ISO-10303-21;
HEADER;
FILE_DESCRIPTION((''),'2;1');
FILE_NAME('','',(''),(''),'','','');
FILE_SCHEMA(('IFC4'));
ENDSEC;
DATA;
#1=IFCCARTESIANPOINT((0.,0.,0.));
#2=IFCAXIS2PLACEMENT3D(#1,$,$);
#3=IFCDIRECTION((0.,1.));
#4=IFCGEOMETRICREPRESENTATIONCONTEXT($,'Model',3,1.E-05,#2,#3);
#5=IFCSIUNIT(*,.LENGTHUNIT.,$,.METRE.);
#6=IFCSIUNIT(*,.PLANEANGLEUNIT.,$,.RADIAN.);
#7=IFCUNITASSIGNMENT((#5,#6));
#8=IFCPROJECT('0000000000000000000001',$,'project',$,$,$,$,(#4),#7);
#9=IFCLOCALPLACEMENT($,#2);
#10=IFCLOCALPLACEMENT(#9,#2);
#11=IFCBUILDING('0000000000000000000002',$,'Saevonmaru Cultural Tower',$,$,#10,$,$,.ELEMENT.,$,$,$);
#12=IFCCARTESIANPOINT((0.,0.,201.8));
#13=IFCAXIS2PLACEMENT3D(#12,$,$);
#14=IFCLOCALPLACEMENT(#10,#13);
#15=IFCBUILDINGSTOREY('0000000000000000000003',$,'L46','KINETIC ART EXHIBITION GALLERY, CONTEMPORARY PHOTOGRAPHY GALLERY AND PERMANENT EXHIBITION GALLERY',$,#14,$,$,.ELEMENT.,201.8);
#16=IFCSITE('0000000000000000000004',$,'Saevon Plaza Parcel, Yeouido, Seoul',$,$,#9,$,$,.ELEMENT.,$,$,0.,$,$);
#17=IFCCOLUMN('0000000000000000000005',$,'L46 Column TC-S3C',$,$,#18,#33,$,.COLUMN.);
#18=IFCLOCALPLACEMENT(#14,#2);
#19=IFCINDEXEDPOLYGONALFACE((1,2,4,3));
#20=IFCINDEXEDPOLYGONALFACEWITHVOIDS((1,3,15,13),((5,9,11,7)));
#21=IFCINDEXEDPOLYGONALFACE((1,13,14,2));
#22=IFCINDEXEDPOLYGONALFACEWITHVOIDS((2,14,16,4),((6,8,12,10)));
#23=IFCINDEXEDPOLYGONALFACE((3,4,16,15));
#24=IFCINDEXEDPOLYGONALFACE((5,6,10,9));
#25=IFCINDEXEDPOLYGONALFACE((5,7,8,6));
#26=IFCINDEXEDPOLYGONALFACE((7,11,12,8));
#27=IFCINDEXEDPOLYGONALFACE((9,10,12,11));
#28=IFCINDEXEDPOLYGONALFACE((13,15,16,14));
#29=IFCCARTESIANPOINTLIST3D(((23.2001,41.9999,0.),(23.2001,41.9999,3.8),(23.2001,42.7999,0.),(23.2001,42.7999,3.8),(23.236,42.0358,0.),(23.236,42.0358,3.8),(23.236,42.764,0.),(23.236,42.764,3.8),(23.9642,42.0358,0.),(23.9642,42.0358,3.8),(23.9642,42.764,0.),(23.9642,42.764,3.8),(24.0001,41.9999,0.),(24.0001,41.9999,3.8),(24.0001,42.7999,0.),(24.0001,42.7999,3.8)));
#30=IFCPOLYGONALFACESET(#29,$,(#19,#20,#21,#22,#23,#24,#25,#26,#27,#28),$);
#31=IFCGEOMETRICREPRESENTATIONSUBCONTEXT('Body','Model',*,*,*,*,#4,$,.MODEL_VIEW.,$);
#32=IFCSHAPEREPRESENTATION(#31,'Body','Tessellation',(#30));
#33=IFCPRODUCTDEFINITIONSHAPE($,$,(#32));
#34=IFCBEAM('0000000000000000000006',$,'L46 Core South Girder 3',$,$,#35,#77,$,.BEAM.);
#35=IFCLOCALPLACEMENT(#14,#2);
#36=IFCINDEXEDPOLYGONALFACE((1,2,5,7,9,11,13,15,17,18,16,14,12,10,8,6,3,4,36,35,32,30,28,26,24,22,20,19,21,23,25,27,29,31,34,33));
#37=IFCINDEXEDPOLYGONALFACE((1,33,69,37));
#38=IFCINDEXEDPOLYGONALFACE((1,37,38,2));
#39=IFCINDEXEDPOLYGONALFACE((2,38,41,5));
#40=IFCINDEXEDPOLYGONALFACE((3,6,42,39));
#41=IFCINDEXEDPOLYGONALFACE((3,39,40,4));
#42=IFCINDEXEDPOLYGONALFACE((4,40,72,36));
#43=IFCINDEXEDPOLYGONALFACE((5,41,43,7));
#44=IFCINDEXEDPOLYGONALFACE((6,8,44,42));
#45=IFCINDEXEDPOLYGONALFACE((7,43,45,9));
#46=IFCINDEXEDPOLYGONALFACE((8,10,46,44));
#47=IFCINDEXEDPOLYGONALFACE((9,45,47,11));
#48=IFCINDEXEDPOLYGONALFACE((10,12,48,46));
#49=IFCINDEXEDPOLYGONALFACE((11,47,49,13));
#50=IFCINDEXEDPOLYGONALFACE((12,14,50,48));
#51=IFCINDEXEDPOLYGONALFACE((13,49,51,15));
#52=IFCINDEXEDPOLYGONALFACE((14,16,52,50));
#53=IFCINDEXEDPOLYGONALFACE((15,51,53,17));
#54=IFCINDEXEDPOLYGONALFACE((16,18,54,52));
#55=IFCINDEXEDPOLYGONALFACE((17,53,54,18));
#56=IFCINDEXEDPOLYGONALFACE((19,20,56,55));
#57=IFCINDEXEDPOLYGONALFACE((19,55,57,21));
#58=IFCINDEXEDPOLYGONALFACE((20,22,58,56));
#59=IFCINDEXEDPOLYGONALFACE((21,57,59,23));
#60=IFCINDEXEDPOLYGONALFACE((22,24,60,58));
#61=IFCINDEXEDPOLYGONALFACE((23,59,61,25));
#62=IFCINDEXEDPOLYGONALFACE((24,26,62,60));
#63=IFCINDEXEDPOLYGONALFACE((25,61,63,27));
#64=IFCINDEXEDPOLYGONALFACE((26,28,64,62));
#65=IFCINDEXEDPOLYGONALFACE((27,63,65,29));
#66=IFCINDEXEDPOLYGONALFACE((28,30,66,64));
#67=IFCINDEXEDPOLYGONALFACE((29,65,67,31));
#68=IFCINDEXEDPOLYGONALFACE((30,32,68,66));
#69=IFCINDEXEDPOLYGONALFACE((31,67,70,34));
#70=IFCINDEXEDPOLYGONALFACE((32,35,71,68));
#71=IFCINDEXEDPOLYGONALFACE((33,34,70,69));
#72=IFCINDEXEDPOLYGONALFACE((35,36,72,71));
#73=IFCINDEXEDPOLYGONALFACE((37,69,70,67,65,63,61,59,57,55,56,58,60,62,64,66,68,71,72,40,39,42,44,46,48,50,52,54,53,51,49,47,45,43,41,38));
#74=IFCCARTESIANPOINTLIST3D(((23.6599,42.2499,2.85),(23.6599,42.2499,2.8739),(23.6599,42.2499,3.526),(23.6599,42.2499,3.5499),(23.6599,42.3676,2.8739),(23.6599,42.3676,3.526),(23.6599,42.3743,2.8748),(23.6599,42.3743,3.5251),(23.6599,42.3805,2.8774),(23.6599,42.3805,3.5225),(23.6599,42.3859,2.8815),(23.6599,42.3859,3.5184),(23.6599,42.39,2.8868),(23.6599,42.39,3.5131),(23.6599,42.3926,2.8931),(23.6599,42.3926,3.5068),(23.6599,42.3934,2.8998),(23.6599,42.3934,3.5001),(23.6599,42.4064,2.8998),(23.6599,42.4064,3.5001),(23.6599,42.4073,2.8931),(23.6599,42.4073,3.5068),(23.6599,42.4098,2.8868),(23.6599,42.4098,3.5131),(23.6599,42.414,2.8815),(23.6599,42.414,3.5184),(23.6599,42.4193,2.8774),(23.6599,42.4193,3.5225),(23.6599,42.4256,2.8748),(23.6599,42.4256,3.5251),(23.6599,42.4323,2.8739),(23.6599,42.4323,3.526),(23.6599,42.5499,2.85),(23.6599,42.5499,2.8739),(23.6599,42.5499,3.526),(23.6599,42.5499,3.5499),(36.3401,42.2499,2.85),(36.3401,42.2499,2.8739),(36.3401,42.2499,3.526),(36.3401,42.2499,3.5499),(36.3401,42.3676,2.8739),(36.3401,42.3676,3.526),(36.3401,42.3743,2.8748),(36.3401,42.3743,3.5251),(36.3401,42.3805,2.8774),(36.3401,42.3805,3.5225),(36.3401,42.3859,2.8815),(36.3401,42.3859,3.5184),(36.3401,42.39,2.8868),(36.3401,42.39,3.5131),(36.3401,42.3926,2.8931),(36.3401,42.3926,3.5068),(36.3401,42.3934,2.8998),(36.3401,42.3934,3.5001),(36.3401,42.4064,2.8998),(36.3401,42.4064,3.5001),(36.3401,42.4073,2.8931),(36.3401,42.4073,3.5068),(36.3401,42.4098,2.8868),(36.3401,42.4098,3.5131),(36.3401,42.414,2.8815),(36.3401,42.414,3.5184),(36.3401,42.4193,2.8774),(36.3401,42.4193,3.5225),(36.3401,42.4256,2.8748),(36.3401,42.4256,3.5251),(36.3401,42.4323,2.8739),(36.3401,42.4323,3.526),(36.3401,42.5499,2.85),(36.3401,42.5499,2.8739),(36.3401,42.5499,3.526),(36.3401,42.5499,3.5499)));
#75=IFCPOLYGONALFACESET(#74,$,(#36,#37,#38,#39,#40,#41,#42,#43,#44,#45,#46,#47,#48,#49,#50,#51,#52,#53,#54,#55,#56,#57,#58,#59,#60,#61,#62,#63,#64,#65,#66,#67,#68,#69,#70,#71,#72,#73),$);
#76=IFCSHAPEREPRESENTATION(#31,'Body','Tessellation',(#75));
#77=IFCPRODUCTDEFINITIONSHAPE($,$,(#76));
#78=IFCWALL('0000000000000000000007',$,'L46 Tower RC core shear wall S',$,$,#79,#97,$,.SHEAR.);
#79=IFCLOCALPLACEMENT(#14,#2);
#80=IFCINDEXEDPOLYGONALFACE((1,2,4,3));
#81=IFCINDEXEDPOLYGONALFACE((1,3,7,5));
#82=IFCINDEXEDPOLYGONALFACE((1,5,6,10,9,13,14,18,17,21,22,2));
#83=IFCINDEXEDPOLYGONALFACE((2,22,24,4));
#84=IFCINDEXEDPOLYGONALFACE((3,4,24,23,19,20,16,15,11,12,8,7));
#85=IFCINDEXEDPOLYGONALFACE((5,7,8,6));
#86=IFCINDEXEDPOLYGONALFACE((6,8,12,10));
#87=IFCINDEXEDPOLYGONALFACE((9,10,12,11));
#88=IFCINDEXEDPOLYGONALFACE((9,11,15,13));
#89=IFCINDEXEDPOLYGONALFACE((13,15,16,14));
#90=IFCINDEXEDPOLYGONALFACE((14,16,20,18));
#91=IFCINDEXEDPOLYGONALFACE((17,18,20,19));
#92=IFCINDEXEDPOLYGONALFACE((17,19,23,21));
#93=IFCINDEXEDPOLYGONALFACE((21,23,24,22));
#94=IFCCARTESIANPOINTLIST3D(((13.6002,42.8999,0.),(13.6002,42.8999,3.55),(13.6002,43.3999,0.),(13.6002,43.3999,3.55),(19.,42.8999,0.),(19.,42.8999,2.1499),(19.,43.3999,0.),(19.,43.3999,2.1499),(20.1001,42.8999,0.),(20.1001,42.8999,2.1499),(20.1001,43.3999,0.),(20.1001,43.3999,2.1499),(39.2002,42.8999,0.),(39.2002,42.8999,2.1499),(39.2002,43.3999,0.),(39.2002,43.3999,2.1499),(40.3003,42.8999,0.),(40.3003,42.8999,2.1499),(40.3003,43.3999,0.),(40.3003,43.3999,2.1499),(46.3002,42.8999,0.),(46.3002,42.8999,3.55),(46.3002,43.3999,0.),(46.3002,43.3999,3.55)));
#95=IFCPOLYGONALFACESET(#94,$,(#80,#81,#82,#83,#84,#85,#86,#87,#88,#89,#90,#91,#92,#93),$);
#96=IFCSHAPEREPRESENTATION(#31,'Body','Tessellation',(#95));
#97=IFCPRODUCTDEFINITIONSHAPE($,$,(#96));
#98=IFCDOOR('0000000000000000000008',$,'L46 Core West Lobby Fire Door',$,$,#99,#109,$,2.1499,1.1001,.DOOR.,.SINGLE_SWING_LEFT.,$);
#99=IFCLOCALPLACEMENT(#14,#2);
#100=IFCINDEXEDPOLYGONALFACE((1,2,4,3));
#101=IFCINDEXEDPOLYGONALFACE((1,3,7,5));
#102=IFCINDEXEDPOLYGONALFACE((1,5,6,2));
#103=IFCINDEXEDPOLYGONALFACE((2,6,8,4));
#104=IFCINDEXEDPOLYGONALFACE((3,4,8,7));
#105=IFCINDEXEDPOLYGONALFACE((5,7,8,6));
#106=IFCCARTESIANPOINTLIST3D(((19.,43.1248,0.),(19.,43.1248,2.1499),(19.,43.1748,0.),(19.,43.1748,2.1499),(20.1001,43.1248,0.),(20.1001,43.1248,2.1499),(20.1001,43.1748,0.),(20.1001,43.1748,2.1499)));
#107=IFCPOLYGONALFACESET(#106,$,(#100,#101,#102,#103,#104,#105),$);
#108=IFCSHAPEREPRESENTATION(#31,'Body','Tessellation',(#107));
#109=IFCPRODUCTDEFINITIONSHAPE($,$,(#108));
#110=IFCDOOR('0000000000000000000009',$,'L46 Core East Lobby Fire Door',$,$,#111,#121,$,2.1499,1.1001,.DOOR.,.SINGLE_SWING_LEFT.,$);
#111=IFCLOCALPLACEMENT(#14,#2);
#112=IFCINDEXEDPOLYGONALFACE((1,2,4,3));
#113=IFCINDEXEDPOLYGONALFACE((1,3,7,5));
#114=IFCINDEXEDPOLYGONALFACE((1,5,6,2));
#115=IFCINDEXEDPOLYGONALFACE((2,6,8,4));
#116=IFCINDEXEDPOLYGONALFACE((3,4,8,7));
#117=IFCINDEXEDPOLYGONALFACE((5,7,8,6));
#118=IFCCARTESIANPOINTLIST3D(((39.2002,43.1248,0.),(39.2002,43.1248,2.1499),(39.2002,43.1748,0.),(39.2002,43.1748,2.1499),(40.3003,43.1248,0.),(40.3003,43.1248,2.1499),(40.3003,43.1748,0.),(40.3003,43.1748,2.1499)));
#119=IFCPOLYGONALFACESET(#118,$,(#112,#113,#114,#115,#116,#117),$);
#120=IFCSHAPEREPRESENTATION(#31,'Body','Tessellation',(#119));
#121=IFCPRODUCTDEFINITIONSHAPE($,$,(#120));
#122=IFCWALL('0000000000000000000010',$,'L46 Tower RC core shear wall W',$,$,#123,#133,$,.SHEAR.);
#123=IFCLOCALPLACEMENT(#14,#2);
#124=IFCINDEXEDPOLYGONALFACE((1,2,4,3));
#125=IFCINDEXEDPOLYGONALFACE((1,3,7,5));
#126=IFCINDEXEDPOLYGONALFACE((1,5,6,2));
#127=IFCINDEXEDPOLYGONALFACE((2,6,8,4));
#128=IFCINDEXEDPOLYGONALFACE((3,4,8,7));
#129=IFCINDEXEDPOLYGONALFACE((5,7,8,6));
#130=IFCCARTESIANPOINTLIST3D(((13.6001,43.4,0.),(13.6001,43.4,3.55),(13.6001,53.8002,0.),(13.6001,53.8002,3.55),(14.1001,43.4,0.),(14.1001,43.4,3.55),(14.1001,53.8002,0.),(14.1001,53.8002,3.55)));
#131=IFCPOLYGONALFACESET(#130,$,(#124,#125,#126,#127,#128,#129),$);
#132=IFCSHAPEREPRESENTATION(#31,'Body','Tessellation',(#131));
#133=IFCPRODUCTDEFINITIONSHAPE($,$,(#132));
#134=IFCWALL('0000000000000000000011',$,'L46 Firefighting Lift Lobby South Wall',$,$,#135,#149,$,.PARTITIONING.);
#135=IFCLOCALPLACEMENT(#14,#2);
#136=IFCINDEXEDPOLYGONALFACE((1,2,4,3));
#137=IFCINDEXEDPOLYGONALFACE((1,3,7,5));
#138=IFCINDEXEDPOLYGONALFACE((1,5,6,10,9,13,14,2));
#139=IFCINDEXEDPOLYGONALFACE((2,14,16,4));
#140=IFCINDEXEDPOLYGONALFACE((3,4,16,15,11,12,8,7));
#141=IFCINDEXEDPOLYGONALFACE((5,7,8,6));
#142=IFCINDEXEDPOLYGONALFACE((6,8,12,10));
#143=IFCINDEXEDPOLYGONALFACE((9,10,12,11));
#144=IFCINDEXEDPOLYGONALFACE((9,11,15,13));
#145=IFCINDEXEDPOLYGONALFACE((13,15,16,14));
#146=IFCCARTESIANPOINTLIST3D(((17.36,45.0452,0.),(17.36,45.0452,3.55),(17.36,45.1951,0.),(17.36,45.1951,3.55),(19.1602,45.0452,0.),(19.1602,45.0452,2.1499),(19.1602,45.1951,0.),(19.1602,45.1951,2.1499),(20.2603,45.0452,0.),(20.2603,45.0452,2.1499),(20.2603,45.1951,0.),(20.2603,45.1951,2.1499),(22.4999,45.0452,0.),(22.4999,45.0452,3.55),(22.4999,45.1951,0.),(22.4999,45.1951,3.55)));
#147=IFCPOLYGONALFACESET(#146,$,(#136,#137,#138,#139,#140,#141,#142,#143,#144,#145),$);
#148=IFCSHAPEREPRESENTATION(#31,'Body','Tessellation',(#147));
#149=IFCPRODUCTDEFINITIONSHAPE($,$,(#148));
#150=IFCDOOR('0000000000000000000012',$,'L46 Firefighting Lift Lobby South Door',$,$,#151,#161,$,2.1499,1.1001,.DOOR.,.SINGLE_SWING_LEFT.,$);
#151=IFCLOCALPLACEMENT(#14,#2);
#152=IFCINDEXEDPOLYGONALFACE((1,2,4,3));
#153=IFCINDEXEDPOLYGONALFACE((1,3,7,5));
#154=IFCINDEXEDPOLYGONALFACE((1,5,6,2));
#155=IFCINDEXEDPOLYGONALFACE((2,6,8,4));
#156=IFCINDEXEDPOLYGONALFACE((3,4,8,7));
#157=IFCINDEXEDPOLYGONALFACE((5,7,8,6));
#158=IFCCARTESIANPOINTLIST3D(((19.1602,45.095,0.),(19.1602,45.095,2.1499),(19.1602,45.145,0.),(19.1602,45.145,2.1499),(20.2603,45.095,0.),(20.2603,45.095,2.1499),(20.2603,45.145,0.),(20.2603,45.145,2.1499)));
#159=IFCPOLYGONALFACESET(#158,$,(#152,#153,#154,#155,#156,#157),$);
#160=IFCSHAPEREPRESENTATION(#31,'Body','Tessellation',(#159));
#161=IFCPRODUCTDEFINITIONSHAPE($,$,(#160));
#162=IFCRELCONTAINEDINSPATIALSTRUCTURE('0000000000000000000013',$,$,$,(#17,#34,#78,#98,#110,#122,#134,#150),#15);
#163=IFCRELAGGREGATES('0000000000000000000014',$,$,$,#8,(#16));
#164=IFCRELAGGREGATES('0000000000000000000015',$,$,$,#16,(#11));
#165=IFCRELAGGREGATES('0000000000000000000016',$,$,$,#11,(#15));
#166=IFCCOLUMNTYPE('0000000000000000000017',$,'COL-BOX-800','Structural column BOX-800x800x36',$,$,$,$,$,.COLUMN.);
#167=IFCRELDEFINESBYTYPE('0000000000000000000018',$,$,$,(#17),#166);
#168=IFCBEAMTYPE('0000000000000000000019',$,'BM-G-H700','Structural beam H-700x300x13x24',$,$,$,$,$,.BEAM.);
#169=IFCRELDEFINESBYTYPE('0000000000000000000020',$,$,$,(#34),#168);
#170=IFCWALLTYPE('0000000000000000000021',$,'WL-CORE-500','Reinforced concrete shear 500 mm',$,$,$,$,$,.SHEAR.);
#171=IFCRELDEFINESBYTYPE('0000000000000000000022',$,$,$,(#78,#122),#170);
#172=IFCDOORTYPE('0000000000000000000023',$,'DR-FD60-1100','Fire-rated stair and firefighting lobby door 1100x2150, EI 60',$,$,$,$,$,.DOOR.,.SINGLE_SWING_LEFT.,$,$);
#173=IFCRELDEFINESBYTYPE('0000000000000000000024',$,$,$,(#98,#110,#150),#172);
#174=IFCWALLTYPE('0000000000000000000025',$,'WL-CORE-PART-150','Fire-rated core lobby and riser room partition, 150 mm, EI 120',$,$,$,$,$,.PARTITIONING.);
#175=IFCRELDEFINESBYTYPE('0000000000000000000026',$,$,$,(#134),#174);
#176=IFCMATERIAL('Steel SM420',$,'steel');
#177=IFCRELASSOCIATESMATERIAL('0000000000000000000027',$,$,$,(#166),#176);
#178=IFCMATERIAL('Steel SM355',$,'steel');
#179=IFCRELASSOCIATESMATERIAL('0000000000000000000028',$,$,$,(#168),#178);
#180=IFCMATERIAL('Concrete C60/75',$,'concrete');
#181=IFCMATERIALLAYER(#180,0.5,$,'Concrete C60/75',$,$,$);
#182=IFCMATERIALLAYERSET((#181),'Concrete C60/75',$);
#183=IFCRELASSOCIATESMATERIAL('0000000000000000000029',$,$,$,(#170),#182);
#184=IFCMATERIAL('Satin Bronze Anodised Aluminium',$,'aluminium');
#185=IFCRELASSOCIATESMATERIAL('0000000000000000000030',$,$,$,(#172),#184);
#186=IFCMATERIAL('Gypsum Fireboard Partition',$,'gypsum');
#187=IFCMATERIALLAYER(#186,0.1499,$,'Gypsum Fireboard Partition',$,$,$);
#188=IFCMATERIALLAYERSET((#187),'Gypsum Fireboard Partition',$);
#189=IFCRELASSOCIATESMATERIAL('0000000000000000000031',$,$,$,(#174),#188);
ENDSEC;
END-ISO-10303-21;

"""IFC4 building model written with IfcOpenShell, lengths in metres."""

from ifc_helpers import new_model, si_unit, direction, frame, frame_2d, origin, origin_2d, place, context, subcontext, project, spatial, rectangle, hollow_rectangle, i_section, extrude, material, layer, layer_set, material_profile, profile_set, type_object, element, fill, save


model = new_model("IFC4")

# Units and contexts
model_context = context("Model", 3, precision=1e-05, world=origin(), true_north=direction((0.0, 1.0)))
body_context = subcontext(model_context, "Body", "Model", "MODEL_VIEW")
ifc_project = project(units=[si_unit("LENGTHUNIT", "METRE"), si_unit("PLANEANGLEUNIT", "RADIAN")], contexts=[model_context])

# Site, building, storey
site_placement = place(None, origin())
site = spatial("IfcSite", under=ifc_project, at=site_placement, Name="Saevon Plaza Parcel, Yeouido, Seoul", CompositionType="ELEMENT", RefElevation=0.0)
building_placement = place(site_placement, origin())
building = spatial("IfcBuilding", under=site, at=building_placement, Name="Saevonmaru Cultural Tower", CompositionType="ELEMENT")
storey_placement = place(building_placement, frame((0.0, 0.0, 201.8)))
storey = spatial("IfcBuildingStorey", under=building, at=storey_placement, Name="L46", Description="KINETIC ART EXHIBITION GALLERY, CONTEMPORARY PHOTOGRAPHY GALLERY AND PERMANENT EXHIBITION GALLERY", CompositionType="ELEMENT", Elevation=201.8)

# Column
ifc_material_1 = material(Name="Steel SM420", Category="steel")
ifc_material_profile_1 = material_profile(ifc_material_1, hollow_rectangle(XDim=0.8, YDim=0.8, WallThickness=0.0359, at=origin_2d()), Name="BOX-800x800x36")
ifc_profile_set_1 = profile_set([ifc_material_profile_1], Name="Steel SM420")
column_type = type_object("IfcColumnType", Name="COL-BOX-800", Description="Structural column BOX-800x800x36", PredefinedType="COLUMN", material=ifc_profile_set_1)
column_placement = place(storey_placement, frame((23.6001, 42.3999, 0.0), z_axis=(0.0, 0.0, 1.0), x_axis=(1.0, 0.0, 0.0)))
element("IfcColumn", 1, at=column_placement, inside=storey, type_object=column_type, Name="L46 Column TC-S3C", PredefinedType="COLUMN", context=body_context, shape_type="SweptSolid", body=[
    extrude(hollow_rectangle(XDim=0.8, YDim=0.8, WallThickness=0.0359, at=origin_2d()), origin(), (0.0, 0.0, 1.0), 3.8),
])

# Beam
ifc_material_2 = material(Name="Steel SM355", Category="steel")
ifc_material_profile_2 = material_profile(ifc_material_2, i_section(OverallWidth=0.3, OverallDepth=0.7, WebThickness=0.0129, FlangeThickness=0.0239, FilletRadius=0.0259, at=origin_2d()), Name="H-700x300x13x24")
ifc_profile_set_2 = profile_set([ifc_material_profile_2], Name="Steel SM355")
beam_type = type_object("IfcBeamType", Name="BM-G-H700", Description="Structural beam H-700x300x13x24", PredefinedType="BEAM", material=ifc_profile_set_2)
beam_placement = place(storey_placement, frame((23.6599, 42.3999, 3.2), z_axis=(1.0, 0.0, 0.0), x_axis=(0.0, 1.0, 0.0)))
element("IfcBeam", 2, at=beam_placement, inside=storey, type_object=beam_type, Name="L46 Core South Girder 3", PredefinedType="BEAM", context=body_context, shape_type="SweptSolid", body=[
    extrude(i_section(OverallWidth=0.3, OverallDepth=0.7, WebThickness=0.0129, FlangeThickness=0.0239, FilletRadius=0.0259, at=origin_2d()), origin(), (0.0, 0.0, 1.0), 12.6802),
])

# Wall, openings, doors
ifc_material_3 = material(Name="Concrete C60/75", Category="concrete")
ifc_layer_1 = layer(ifc_material_3, 0.5, Name="Concrete C60/75")
ifc_layer_set_1 = layer_set([ifc_layer_1], Name="Concrete C60/75")
wall_type_1 = type_object("IfcWallType", Name="WL-CORE-500", Description="Reinforced concrete shear 500 mm", PredefinedType="SHEAR", material=ifc_layer_set_1)
wall_1_placement = place(storey_placement, frame((13.6001, 43.1499, 0.0), z_axis=(0.0, 0.0, 1.0), x_axis=(1.0, 0.0, 0.0)))
wall_1 = element("IfcWall", 3, at=wall_1_placement, inside=storey, type_object=wall_type_1, Name="L46 Tower RC core shear wall S", PredefinedType="SHEAR", context=body_context, shape_type="SweptSolid", body=[
    extrude(rectangle(XDim=32.7, YDim=0.5, at=frame_2d((16.3501, 0.0))), origin(), (0.0, 0.0, 1.0), 3.55),
])
opening_1_placement = place(wall_1_placement, frame((5.3999, 0.0, 0.0)))
opening_1 = element("IfcOpeningElement", 4, at=opening_1_placement, cuts=wall_1, PredefinedType="OPENING", context=body_context, shape_type="SweptSolid", body=[
    extrude(rectangle(XDim=1.1001, YDim=2.1499, at=frame_2d((0.55, 1.075))), frame((0.0, 0.26, 0.0), z_axis=(0.0, -1.0, 0.0), x_axis=(1.0, 0.0, 0.0)), (0.0, 0.0, 1.0), 0.52),
])
opening_2_placement = place(wall_1_placement, frame((25.6001, 0.0, 0.0)))
opening_2 = element("IfcOpeningElement", 5, at=opening_2_placement, cuts=wall_1, PredefinedType="OPENING", context=body_context, shape_type="SweptSolid", body=[
    extrude(rectangle(XDim=1.1001, YDim=2.1499, at=frame_2d((0.55, 1.075))), frame((0.0, 0.26, 0.0), z_axis=(0.0, -1.0, 0.0), x_axis=(1.0, 0.0, 0.0)), (0.0, 0.0, 1.0), 0.52),
])
ifc_material_4 = material(Name="Satin Bronze Anodised Aluminium", Category="aluminium")
door_type_1 = type_object("IfcDoorType", Name="DR-FD60-1100", Description="Fire-rated stair and firefighting lobby door 1100x2150, EI 60", OperationType="SINGLE_SWING_LEFT", PredefinedType="DOOR", material=ifc_material_4)
door_1_placement = place(opening_1_placement, origin())
door_1 = element("IfcDoor", 6, at=door_1_placement, inside=storey, type_object=door_type_1, Name="L46 Core West Lobby Fire Door", OperationType="SINGLE_SWING_LEFT", OverallHeight=2.1499, OverallWidth=1.1001, PredefinedType="DOOR", context=body_context, shape_type="SweptSolid", body=[
    extrude(rectangle(XDim=1.1001, YDim=2.1499, at=frame_2d((0.55, 1.075))), frame((0.0, 0.0249, 0.0), z_axis=(0.0, -1.0, 0.0), x_axis=(1.0, 0.0, 0.0)), (0.0, 0.0, 1.0), 0.05),
])
fill(opening_1, door_1)
door_2_placement = place(opening_2_placement, origin())
door_2 = element("IfcDoor", 7, at=door_2_placement, inside=storey, type_object=door_type_1, Name="L46 Core East Lobby Fire Door", OperationType="SINGLE_SWING_LEFT", OverallHeight=2.1499, OverallWidth=1.1001, PredefinedType="DOOR", context=body_context, shape_type="SweptSolid", body=[
    extrude(rectangle(XDim=1.1001, YDim=2.1499, at=frame_2d((0.55, 1.075))), frame((0.0, 0.0249, 0.0), z_axis=(0.0, -1.0, 0.0), x_axis=(1.0, 0.0, 0.0)), (0.0, 0.0, 1.0), 0.05),
])
fill(opening_2, door_2)

# Wall
wall_2_placement = place(storey_placement, frame((13.8501, 43.3999, 0.0), z_axis=(0.0, 0.0, 1.0), x_axis=(0.0, 1.0, 0.0)))
element("IfcWall", 8, at=wall_2_placement, inside=storey, type_object=wall_type_1, Name="L46 Tower RC core shear wall W", PredefinedType="SHEAR", context=body_context, shape_type="SweptSolid", body=[
    extrude(rectangle(XDim=10.4001, YDim=0.5, at=frame_2d((5.2002, 0.0))), origin(), (0.0, 0.0, 1.0), 3.55),
])

# Wall, opening, door
ifc_material_5 = material(Name="Gypsum Fireboard Partition", Category="gypsum")
ifc_layer_2 = layer(ifc_material_5, 0.1499, Name="Gypsum Fireboard Partition")
ifc_layer_set_2 = layer_set([ifc_layer_2], Name="Gypsum Fireboard Partition")
wall_type_2 = type_object("IfcWallType", Name="WL-CORE-PART-150", Description="Fire-rated core lobby and riser room partition, 150 mm, EI 120", PredefinedType="PARTITIONING", material=ifc_layer_set_2)
wall_3_placement = place(storey_placement, frame((17.3601, 45.1201, 0.0), z_axis=(0.0, 0.0, 1.0), x_axis=(1.0, 0.0, 0.0)))
wall_3 = element("IfcWall", 9, at=wall_3_placement, inside=storey, type_object=wall_type_2, Name="L46 Firefighting Lift Lobby South Wall", PredefinedType="PARTITIONING", context=body_context, shape_type="SweptSolid", body=[
    extrude(rectangle(XDim=5.1399, YDim=0.1499, at=frame_2d((2.5698, 0.0))), origin(), (0.0, 0.0, 1.0), 3.55),
])
opening_3_placement = place(wall_3_placement, frame((1.8, 0.0, 0.0)))
opening_3 = element("IfcOpeningElement", 10, at=opening_3_placement, cuts=wall_3, PredefinedType="OPENING", context=body_context, shape_type="SweptSolid", body=[
    extrude(rectangle(XDim=1.1001, YDim=2.1499, at=frame_2d((0.55, 1.075))), frame((0.0, 0.085, 0.0), z_axis=(0.0, -1.0, 0.0), x_axis=(1.0, 0.0, 0.0)), (0.0, 0.0, 1.0), 0.1699),
])
door_3_placement = place(opening_3_placement, origin())
door_3 = element("IfcDoor", 11, at=door_3_placement, inside=storey, type_object=door_type_1, Name="L46 Firefighting Lift Lobby South Door", OperationType="SINGLE_SWING_LEFT", OverallHeight=2.1499, OverallWidth=1.1001, PredefinedType="DOOR", context=body_context, shape_type="SweptSolid", body=[
    extrude(rectangle(XDim=1.1001, YDim=2.1499, at=frame_2d((0.55, 1.075))), frame((0.0, 0.0249, 0.0), z_axis=(0.0, -1.0, 0.0), x_axis=(1.0, 0.0, 0.0)), (0.0, 0.0, 1.0), 0.05),
])
fill(opening_3, door_3)

save(model, "model.ifc")
